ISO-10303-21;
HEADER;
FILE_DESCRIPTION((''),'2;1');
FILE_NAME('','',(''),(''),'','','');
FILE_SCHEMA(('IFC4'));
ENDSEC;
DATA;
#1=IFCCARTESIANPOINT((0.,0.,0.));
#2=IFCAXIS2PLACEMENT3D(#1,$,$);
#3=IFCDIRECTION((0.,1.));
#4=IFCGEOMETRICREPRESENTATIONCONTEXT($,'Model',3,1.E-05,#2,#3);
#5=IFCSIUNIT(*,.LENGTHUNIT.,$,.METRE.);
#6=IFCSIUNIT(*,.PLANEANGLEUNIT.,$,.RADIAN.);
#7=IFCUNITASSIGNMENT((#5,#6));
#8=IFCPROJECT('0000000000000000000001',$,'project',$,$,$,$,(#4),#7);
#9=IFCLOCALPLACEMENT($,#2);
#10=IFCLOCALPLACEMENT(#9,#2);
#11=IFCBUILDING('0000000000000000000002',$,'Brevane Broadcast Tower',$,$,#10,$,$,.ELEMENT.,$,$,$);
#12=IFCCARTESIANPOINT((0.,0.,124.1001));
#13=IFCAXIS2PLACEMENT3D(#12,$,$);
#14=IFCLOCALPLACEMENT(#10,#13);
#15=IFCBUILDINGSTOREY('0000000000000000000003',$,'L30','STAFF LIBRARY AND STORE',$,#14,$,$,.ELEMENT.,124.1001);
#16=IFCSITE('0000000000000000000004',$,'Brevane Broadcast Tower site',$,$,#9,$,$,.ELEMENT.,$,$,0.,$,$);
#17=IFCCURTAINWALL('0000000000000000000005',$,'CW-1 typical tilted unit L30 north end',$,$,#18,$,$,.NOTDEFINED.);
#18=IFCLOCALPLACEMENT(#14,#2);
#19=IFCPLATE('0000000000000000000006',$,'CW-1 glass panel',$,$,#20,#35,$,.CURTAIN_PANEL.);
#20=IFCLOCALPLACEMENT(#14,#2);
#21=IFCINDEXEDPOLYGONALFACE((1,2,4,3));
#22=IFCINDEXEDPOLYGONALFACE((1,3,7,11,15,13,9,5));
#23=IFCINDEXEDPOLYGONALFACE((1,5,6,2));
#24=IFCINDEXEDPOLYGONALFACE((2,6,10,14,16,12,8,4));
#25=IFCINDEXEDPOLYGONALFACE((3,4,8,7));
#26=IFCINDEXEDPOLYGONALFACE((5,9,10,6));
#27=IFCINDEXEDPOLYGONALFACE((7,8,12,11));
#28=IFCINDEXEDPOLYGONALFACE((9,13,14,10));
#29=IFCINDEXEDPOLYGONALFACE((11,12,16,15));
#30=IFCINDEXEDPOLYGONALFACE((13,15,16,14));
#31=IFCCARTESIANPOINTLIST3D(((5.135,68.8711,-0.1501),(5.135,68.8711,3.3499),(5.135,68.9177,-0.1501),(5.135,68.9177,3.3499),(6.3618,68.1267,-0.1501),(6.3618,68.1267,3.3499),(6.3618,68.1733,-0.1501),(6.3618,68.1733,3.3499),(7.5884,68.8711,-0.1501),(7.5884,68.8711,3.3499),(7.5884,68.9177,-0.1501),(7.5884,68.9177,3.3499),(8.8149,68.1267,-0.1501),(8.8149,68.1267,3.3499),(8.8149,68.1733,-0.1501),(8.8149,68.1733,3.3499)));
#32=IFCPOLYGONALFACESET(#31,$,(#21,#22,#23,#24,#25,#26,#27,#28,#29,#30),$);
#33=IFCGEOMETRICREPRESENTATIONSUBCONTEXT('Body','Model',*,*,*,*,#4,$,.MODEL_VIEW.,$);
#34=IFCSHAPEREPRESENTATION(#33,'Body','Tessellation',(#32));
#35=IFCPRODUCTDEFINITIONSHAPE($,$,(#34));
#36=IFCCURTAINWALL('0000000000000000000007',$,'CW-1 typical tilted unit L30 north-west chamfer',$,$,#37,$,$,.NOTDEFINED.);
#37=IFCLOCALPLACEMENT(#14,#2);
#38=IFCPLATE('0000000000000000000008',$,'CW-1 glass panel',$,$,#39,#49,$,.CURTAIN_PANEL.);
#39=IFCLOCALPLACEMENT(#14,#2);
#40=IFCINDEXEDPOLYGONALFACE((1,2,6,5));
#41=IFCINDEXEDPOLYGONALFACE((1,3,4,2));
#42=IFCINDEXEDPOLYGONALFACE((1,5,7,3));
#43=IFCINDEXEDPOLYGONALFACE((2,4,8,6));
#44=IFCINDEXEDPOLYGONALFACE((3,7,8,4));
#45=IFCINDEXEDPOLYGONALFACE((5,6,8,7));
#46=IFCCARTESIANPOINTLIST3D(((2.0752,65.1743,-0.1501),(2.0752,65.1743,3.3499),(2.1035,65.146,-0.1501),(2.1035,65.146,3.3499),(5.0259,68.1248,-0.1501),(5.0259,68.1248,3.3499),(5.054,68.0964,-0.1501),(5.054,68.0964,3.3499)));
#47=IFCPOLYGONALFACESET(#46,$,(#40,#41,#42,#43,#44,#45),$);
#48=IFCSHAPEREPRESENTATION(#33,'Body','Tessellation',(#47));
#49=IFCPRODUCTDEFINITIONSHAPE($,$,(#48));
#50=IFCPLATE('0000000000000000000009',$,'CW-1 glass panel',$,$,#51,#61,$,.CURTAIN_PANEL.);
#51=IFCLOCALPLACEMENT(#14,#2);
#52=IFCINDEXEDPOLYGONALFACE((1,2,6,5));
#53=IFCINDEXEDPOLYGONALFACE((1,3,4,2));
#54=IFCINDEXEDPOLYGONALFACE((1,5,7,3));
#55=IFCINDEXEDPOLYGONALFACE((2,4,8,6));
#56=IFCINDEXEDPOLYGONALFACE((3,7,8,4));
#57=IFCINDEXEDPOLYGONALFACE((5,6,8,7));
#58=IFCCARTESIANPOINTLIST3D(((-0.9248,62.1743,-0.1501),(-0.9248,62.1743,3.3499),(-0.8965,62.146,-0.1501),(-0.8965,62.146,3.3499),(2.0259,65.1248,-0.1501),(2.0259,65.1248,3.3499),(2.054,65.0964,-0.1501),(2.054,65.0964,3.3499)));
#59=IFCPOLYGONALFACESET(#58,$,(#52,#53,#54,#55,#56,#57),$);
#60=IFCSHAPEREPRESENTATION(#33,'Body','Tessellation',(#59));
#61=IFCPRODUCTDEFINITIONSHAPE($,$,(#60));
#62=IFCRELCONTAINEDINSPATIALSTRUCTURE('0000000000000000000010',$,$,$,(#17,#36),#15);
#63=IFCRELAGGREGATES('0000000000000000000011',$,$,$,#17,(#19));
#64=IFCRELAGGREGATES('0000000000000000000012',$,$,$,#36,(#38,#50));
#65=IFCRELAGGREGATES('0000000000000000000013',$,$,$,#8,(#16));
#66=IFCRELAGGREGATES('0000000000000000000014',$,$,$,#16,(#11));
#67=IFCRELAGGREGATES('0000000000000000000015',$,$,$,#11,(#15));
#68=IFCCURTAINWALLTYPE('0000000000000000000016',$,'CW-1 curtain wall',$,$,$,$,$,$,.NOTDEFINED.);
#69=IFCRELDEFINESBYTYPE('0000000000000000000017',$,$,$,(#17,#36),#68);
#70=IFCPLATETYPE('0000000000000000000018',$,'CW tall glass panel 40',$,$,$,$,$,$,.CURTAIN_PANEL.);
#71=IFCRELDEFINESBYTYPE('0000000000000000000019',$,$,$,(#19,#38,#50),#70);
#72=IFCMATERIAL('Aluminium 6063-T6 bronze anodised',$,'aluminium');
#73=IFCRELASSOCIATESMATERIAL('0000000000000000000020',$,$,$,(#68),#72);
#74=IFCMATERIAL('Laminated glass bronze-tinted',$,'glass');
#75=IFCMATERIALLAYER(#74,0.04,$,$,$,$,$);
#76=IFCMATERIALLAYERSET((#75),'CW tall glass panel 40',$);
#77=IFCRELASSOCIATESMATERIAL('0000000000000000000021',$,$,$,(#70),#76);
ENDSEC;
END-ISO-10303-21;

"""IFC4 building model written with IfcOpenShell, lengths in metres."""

from ifc_helpers import new_model, si_unit, direction, frame, origin, place, context, subcontext, project, spatial, polyline, outline, extrude, material, layer, layer_set, type_object, element, aggregate, save


model = new_model("IFC4")

# Units and contexts
model_context = context("Model", 3, precision=1e-05, world=origin(), true_north=direction((0.0, 1.0)))
body_context = subcontext(model_context, "Body", "Model", "MODEL_VIEW")
ifc_project = project(units=[si_unit("LENGTHUNIT", "METRE"), si_unit("PLANEANGLEUNIT", "RADIAN")], contexts=[model_context])

# Site, building, storey
site_placement = place(None, origin())
site = spatial("IfcSite", under=ifc_project, at=site_placement, Name="Brevane Broadcast Tower site", CompositionType="ELEMENT", RefElevation=0.0)
building_placement = place(site_placement, origin())
building = spatial("IfcBuilding", under=site, at=building_placement, Name="Brevane Broadcast Tower", CompositionType="ELEMENT")
storey_placement = place(building_placement, frame((0.0, 0.0, 124.1001)))
storey = spatial("IfcBuildingStorey", under=building, at=storey_placement, Name="L30", Description="STAFF LIBRARY AND STORE", CompositionType="ELEMENT", Elevation=124.1001)

# Shared definitions
ifc_material_1 = material(Name="Aluminium 6063-T6 bronze anodised", Category="aluminium")
curtain_wall_type = type_object("IfcCurtainWallType", Name="CW-1 curtain wall", PredefinedType="NOTDEFINED", material=ifc_material_1)

# Curtain walls, plates
ifc_material_2 = material(Name="Laminated glass bronze-tinted", Category="glass")
ifc_layer = layer(ifc_material_2, 0.04)
ifc_layer_set = layer_set([ifc_layer], Name="CW tall glass panel 40")
plate_type = type_object("IfcPlateType", Name="CW tall glass panel 40", PredefinedType="CURTAIN_PANEL", material=ifc_layer_set)
curtain_wall_1_placement = place(storey_placement, origin())
curtain_wall_1 = element("IfcCurtainWall", 1, at=curtain_wall_1_placement, inside=storey, type_object=curtain_wall_type, Name="CW-1 typical tilted unit L30 north end", PredefinedType="NOTDEFINED")
plate_1_placement = place(storey_placement, frame((0.0, 0.0, -0.1501)))
plate_1 = element("IfcPlate", 2, at=plate_1_placement, type_object=plate_type, Name="CW-1 glass panel", PredefinedType="CURTAIN_PANEL", context=body_context, shape_type="SweptSolid", body=[
    extrude(outline(polyline([(8.8149, 68.1267), (8.8149, 68.1733), (7.5884, 68.9177), (6.3618, 68.1733), (5.135, 68.9177), (5.135, 68.8711), (6.3618, 68.1267), (7.5884, 68.8711), (8.8149, 68.1267)])), origin(), (0.0, 0.0, 1.0), 3.5),
])
aggregate(curtain_wall_1, [plate_1])
curtain_wall_2_placement = place(storey_placement, origin())
curtain_wall_2 = element("IfcCurtainWall", 3, at=curtain_wall_2_placement, inside=storey, type_object=curtain_wall_type, Name="CW-1 typical tilted unit L30 north-west chamfer", PredefinedType="NOTDEFINED")
plate_2_placement = place(storey_placement, frame((0.0, 0.0, -0.1501)))
plate_2 = element("IfcPlate", 4, at=plate_2_placement, type_object=plate_type, Name="CW-1 glass panel", PredefinedType="CURTAIN_PANEL", context=body_context, shape_type="SweptSolid", body=[
    extrude(outline(polyline([(5.054, 68.0964), (2.1035, 65.146), (2.0752, 65.1743), (5.0259, 68.1248), (5.054, 68.0964)])), origin(), (0.0, 0.0, 1.0), 3.5),
])
plate_3_placement = place(storey_placement, frame((0.0, 0.0, -0.1501)))
plate_3 = element("IfcPlate", 5, at=plate_3_placement, type_object=plate_type, Name="CW-1 glass panel", PredefinedType="CURTAIN_PANEL", context=body_context, shape_type="SweptSolid", body=[
    extrude(outline(polyline([(2.054, 65.0964), (-0.8965, 62.146), (-0.9248, 62.1743), (2.0259, 65.1248), (2.054, 65.0964)])), origin(), (0.0, 0.0, 1.0), 3.5),
])
aggregate(curtain_wall_2, [plate_2, plate_3])

save(model, "model.ifc")
